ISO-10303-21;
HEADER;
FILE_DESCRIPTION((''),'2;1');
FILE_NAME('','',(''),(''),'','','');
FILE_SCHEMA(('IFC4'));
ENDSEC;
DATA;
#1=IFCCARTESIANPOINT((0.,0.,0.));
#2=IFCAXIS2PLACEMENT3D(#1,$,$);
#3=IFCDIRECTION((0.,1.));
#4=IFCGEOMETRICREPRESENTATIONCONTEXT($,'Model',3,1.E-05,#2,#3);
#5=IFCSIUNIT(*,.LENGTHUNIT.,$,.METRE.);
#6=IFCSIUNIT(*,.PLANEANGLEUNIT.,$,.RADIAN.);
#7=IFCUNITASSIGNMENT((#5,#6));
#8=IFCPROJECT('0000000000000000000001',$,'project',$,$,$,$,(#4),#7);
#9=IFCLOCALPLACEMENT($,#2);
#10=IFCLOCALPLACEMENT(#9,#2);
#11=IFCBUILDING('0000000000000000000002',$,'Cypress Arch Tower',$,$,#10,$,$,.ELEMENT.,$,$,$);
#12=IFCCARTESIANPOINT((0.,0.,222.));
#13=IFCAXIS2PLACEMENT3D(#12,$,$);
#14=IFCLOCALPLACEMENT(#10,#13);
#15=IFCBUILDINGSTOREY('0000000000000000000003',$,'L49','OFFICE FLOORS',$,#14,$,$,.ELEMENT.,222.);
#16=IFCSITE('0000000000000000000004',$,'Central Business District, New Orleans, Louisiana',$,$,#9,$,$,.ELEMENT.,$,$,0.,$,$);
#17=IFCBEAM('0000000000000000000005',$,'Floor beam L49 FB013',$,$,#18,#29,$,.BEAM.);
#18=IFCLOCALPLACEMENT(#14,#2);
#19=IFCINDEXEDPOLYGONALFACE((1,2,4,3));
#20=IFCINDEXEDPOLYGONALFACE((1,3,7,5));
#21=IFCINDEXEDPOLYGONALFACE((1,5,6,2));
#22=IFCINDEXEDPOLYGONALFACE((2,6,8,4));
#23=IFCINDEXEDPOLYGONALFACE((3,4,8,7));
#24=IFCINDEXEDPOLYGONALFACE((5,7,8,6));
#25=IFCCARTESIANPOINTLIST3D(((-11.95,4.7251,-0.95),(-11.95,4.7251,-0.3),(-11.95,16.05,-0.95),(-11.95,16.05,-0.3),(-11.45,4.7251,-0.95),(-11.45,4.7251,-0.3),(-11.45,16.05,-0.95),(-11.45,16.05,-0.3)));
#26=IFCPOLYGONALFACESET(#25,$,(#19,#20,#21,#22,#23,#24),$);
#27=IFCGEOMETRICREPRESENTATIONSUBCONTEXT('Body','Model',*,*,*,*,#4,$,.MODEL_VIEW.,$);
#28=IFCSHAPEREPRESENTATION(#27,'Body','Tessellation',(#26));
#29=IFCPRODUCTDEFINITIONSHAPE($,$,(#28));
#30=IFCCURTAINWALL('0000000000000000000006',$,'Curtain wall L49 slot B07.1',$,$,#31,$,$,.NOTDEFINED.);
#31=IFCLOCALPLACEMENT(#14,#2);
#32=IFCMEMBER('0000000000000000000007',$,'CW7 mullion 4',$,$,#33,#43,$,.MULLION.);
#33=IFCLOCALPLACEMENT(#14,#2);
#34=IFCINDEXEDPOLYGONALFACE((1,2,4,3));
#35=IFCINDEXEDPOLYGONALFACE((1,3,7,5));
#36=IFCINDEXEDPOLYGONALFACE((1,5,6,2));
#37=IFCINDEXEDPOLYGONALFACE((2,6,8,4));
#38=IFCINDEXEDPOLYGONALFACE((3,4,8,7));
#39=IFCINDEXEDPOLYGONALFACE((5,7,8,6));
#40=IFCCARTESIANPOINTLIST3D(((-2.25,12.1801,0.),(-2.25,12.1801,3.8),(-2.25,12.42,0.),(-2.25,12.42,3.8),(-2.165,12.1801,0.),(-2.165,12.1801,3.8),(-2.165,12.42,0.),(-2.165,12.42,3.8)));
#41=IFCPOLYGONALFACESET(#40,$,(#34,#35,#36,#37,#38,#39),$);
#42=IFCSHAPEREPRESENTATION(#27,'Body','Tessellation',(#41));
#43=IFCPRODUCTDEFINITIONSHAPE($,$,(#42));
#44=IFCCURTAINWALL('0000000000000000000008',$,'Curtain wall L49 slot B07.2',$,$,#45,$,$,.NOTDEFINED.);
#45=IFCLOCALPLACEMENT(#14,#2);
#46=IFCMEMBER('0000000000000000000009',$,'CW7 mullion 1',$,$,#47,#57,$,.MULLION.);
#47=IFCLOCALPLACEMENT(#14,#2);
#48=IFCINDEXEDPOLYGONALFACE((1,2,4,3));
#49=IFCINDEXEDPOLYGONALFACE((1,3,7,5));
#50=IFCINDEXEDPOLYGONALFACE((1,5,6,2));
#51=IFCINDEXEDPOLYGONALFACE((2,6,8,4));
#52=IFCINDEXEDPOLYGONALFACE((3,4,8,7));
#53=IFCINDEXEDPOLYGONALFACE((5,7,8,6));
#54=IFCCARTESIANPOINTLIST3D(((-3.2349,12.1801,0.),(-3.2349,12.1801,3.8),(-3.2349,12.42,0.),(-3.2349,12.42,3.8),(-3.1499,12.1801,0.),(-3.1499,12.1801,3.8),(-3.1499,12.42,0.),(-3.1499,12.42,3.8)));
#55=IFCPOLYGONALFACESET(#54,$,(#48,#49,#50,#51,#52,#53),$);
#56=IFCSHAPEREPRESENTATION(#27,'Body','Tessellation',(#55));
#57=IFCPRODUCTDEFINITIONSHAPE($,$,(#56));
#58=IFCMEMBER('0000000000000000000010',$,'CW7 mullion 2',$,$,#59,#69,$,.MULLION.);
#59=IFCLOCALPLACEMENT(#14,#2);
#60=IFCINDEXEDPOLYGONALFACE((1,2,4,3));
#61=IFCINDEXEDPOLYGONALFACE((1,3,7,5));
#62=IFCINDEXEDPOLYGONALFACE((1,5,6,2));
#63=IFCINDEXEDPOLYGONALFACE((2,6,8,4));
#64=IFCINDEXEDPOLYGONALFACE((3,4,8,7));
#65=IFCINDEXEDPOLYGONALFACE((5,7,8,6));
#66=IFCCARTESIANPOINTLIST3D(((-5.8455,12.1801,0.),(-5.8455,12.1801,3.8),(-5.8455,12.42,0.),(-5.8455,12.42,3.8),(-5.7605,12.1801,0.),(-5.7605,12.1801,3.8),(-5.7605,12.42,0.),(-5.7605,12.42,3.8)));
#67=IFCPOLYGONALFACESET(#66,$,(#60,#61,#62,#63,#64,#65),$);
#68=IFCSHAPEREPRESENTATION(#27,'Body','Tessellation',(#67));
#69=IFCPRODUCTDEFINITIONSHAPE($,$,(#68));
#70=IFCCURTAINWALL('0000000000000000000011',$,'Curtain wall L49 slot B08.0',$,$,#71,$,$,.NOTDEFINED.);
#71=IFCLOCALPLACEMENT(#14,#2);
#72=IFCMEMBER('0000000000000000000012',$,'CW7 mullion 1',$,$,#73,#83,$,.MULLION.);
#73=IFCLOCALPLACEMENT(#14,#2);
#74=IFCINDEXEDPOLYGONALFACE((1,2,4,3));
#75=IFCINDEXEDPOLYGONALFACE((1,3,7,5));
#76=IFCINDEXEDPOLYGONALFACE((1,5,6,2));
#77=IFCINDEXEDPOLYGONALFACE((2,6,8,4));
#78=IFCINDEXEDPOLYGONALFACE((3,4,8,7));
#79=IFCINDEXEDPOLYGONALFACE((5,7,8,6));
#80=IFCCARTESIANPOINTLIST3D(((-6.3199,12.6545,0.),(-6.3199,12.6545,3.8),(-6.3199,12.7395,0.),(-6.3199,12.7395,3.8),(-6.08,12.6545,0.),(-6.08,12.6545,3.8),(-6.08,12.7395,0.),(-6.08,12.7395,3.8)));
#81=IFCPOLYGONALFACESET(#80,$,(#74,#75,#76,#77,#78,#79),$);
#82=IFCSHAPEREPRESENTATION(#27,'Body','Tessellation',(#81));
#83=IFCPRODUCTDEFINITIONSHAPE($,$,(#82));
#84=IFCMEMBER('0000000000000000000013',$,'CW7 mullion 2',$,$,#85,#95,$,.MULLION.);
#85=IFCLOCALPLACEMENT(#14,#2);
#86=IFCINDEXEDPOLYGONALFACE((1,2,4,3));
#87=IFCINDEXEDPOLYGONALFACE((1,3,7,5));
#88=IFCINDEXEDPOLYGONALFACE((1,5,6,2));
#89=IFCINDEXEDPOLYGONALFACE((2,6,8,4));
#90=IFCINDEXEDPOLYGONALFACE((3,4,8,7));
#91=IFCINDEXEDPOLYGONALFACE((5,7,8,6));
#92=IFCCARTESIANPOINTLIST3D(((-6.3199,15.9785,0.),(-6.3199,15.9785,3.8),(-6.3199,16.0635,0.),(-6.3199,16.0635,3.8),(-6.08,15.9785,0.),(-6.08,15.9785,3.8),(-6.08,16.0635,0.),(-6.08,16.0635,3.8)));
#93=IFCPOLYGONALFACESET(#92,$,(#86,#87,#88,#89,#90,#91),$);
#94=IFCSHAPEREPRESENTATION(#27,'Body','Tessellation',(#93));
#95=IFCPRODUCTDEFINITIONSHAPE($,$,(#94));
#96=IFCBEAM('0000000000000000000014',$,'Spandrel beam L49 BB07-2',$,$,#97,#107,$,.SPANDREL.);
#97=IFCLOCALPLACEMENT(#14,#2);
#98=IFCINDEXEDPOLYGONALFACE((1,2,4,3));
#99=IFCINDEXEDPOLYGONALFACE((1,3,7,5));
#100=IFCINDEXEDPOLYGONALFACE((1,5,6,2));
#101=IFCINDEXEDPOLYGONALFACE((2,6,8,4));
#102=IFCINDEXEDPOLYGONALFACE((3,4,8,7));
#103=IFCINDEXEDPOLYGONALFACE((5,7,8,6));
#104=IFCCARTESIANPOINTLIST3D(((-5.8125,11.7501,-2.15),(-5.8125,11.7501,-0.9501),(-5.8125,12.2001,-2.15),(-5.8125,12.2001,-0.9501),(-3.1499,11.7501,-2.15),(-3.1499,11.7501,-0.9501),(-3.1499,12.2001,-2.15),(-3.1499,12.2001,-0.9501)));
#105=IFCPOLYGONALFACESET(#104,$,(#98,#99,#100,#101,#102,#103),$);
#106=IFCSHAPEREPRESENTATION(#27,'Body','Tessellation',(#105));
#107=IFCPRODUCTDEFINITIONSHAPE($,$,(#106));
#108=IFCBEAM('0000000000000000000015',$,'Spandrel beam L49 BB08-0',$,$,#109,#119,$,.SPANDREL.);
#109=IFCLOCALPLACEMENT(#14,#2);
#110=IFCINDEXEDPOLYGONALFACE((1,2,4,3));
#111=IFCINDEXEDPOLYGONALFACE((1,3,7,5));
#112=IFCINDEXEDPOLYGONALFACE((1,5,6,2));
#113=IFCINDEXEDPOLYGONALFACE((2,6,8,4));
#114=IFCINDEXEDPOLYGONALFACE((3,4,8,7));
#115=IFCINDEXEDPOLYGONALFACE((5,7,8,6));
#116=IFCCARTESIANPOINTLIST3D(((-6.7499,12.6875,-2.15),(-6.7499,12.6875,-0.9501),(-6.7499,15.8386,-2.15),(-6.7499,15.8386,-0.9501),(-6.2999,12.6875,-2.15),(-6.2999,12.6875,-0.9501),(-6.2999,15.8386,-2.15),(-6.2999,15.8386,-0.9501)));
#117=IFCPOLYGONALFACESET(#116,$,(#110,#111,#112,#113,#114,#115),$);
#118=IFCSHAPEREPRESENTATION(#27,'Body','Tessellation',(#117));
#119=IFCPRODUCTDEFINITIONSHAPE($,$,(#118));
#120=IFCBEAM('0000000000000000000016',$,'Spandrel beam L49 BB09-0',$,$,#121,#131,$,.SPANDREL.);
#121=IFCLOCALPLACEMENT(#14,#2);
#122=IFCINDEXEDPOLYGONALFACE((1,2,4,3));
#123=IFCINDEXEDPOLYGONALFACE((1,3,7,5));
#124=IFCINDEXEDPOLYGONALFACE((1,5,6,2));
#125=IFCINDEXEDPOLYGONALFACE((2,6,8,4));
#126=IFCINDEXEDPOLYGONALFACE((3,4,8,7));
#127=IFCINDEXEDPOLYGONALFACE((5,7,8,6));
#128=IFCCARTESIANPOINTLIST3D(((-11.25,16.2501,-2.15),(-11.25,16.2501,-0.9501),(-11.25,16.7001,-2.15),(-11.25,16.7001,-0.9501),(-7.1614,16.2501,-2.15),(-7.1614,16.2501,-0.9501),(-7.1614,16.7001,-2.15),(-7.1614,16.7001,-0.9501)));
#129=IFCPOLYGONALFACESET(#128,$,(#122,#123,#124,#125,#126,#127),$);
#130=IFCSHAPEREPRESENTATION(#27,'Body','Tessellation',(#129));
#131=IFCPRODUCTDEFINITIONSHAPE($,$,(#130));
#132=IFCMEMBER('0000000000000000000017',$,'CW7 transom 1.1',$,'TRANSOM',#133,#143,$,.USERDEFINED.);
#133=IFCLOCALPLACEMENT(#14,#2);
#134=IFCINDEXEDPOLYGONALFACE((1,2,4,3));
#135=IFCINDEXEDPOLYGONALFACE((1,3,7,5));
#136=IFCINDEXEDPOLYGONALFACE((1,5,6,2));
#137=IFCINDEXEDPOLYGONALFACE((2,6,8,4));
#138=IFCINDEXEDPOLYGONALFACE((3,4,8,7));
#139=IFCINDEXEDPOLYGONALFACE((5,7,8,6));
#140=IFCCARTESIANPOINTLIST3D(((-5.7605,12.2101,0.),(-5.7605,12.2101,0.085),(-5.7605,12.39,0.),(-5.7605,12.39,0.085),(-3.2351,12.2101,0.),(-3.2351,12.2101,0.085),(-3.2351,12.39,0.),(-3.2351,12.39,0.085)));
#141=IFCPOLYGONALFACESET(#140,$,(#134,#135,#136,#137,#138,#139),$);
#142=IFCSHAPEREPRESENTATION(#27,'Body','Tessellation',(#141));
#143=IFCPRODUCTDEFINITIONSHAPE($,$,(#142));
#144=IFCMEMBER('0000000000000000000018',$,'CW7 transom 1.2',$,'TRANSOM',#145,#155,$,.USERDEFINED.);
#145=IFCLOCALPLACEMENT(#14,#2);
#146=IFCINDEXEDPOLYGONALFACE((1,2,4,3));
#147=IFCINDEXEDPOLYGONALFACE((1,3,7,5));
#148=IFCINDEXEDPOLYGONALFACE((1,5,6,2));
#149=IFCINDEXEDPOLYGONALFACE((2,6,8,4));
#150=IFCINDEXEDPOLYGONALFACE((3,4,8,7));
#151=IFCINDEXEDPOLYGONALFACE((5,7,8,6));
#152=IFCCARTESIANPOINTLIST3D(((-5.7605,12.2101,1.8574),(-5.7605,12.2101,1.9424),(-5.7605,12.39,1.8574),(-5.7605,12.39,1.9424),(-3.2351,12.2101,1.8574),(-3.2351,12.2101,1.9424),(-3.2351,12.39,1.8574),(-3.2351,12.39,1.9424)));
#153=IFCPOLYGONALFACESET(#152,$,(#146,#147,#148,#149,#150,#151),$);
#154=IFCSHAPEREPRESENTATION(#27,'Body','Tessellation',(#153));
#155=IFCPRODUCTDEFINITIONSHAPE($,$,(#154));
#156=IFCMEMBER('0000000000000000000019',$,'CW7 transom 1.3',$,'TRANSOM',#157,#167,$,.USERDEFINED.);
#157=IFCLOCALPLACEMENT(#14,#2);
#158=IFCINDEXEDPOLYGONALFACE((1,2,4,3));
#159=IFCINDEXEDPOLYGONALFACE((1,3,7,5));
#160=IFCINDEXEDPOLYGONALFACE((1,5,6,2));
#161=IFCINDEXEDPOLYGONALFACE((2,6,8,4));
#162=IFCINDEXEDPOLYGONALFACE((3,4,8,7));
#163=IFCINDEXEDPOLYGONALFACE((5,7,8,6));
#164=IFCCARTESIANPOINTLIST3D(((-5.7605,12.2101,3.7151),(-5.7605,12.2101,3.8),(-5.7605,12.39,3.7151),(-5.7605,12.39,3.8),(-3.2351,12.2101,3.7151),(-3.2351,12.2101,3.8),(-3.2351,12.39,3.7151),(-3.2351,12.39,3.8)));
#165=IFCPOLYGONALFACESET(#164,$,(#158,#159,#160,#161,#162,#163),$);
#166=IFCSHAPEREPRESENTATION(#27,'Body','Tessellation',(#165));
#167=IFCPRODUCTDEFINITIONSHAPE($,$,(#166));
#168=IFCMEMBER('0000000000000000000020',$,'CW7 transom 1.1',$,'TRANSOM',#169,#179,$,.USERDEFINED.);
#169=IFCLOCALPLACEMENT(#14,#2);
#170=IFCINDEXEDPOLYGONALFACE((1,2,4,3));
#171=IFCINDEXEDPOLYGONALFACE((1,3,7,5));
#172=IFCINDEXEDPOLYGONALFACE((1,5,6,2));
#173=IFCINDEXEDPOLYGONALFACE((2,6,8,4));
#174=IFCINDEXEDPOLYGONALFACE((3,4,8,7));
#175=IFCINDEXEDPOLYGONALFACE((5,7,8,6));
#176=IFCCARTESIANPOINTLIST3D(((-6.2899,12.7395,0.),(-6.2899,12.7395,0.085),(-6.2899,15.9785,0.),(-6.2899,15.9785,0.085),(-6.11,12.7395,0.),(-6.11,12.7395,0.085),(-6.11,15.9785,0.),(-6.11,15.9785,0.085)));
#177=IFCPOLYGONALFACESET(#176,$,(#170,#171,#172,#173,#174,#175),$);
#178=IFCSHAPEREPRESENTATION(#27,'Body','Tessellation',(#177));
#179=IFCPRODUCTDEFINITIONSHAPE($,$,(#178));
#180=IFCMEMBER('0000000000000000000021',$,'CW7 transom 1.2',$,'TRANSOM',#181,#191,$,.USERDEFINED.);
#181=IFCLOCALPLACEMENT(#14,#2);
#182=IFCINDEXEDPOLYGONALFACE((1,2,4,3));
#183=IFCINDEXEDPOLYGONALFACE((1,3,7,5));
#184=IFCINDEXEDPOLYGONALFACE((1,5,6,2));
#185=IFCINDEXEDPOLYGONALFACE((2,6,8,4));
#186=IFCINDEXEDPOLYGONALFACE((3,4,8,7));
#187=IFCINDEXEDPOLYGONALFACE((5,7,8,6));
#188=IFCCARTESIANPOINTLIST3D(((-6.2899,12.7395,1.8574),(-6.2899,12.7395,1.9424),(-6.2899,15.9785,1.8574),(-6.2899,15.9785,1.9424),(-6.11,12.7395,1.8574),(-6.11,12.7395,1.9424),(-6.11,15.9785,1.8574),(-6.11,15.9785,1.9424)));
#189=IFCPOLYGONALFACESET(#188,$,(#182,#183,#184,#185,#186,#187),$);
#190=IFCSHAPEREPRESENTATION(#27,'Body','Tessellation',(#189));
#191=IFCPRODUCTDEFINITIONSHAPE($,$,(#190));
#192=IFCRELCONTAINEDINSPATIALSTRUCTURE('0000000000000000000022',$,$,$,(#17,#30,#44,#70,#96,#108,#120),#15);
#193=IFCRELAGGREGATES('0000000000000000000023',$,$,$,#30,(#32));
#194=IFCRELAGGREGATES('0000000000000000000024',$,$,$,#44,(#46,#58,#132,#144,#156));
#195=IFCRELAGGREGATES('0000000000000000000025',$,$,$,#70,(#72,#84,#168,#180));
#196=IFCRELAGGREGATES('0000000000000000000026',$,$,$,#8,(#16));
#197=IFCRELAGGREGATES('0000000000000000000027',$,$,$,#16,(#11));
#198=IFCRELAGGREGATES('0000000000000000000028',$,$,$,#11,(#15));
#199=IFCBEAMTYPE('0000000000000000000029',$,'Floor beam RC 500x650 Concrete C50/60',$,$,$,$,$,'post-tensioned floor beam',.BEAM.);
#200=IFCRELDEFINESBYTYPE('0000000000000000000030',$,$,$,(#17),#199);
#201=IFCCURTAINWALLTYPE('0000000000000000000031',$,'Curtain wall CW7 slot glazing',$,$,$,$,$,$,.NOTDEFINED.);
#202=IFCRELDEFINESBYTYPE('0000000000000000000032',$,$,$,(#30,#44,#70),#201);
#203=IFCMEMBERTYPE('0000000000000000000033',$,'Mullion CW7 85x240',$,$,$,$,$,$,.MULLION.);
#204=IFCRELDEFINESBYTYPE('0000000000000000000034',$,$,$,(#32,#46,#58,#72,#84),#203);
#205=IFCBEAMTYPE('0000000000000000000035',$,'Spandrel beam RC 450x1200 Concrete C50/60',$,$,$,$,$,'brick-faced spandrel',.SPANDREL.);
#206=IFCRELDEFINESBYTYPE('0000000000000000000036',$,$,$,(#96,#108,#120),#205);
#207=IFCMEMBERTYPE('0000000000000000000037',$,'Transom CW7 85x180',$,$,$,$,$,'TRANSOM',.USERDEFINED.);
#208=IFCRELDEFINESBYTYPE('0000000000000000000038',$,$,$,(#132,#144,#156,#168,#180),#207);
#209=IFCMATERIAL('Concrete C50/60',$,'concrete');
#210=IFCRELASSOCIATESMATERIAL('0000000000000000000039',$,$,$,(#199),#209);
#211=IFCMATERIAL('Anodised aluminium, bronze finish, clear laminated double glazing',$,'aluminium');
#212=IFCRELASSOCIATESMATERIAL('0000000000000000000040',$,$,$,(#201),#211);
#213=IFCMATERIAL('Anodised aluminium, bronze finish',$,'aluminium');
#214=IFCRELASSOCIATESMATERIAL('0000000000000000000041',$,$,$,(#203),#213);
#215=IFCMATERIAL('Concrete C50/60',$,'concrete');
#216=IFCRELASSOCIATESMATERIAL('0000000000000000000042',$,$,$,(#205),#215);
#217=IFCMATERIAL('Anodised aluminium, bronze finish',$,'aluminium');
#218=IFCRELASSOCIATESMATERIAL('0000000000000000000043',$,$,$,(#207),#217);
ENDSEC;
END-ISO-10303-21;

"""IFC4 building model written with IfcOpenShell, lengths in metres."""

from ifc_helpers import new_model, si_unit, direction, frame, origin, origin_2d, place, context, subcontext, project, spatial, rectangle, extrude, material, material_profile, profile_set, type_object, element, aggregate, save


model = new_model("IFC4")

# Units and contexts
model_context = context("Model", 3, precision=1e-05, world=origin(), true_north=direction((0.0, 1.0)))
body_context = subcontext(model_context, "Body", "Model", "MODEL_VIEW")
ifc_project = project(units=[si_unit("LENGTHUNIT", "METRE"), si_unit("PLANEANGLEUNIT", "RADIAN")], contexts=[model_context])

# Site, building, storey
site_placement = place(None, origin())
site = spatial("IfcSite", under=ifc_project, at=site_placement, Name="Central Business District, New Orleans, Louisiana", CompositionType="ELEMENT", RefElevation=0.0)
building_placement = place(site_placement, origin())
building = spatial("IfcBuilding", under=site, at=building_placement, Name="Cypress Arch Tower", CompositionType="ELEMENT")
storey_placement = place(building_placement, frame((0.0, 0.0, 222.0)))
storey = spatial("IfcBuildingStorey", under=building, at=storey_placement, Name="L49", Description="OFFICE FLOORS", CompositionType="ELEMENT", Elevation=222.0)

# Beam
ifc_material_1 = material(Name="Concrete C50/60", Category="concrete")
ifc_material_profile_1 = material_profile(ifc_material_1, rectangle(XDim=0.5, YDim=0.6499, at=origin_2d()), Name="RC 500x650")
ifc_profile_set_1 = profile_set([ifc_material_profile_1], Name="Concrete C50/60")
beam_type_1 = type_object("IfcBeamType", Name="Floor beam RC 500x650 Concrete C50/60", ElementType="post-tensioned floor beam", PredefinedType="BEAM", material=ifc_profile_set_1)
beam_1_placement = place(storey_placement, frame((-11.7, 4.7251, -0.625), z_axis=(0.0, 1.0, 0.0), x_axis=(-1.0, 0.0, 0.0)))
element("IfcBeam", 1, at=beam_1_placement, inside=storey, type_object=beam_type_1, Name="Floor beam L49 FB013", PredefinedType="BEAM", context=body_context, shape_type="SweptSolid", body=[
    extrude(rectangle(XDim=0.5, YDim=0.6499, at=origin_2d()), origin(), (0.0, 0.0, 1.0), 11.325),
])

# Curtain wall, member
ifc_material_2 = material(Name="Anodised aluminium, bronze finish, clear laminated double glazing", Category="aluminium")
curtain_wall_type = type_object("IfcCurtainWallType", Name="Curtain wall CW7 slot glazing", PredefinedType="NOTDEFINED", material=ifc_material_2)
curtain_wall_1_placement = place(storey_placement, origin())
curtain_wall_1 = element("IfcCurtainWall", 2, at=curtain_wall_1_placement, inside=storey, type_object=curtain_wall_type, Name="Curtain wall L49 slot B07.1", PredefinedType="NOTDEFINED")
ifc_material_3 = material(Name="Anodised aluminium, bronze finish", Category="aluminium")
ifc_material_profile_2 = material_profile(ifc_material_3, rectangle(XDim=0.24, YDim=0.085, at=origin_2d()), Name="Mullion 85x240")
ifc_profile_set_2 = profile_set([ifc_material_profile_2], Name="Anodised aluminium, bronze finish")
member_type_1 = type_object("IfcMemberType", Name="Mullion CW7 85x240", PredefinedType="MULLION", material=ifc_profile_set_2)
member_1_placement = place(storey_placement, frame((-2.2075, 12.3, 0.0), z_axis=(0.0, 0.0, 1.0), x_axis=(0.0, -1.0, 0.0)))
member_1 = element("IfcMember", 3, at=member_1_placement, type_object=member_type_1, Name="CW7 mullion 4", PredefinedType="MULLION", context=body_context, shape_type="SweptSolid", body=[
    extrude(rectangle(XDim=0.24, YDim=0.085, at=origin_2d()), origin(), (0.0, 0.0, 1.0), 3.8),
])

# Curtain walls, members
curtain_wall_2_placement = place(storey_placement, origin())
curtain_wall_2 = element("IfcCurtainWall", 4, at=curtain_wall_2_placement, inside=storey, type_object=curtain_wall_type, Name="Curtain wall L49 slot B07.2", PredefinedType="NOTDEFINED")
member_2_placement = place(storey_placement, frame((-3.1924, 12.3, 0.0), z_axis=(0.0, 0.0, 1.0), x_axis=(0.0, -1.0, 0.0)))
member_2 = element("IfcMember", 5, at=member_2_placement, type_object=member_type_1, Name="CW7 mullion 1", PredefinedType="MULLION", context=body_context, shape_type="SweptSolid", body=[
    extrude(rectangle(XDim=0.24, YDim=0.085, at=origin_2d()), origin(), (0.0, 0.0, 1.0), 3.8),
])
member_3_placement = place(storey_placement, frame((-5.803, 12.3, 0.0), z_axis=(0.0, 0.0, 1.0), x_axis=(0.0, -1.0, 0.0)))
member_3 = element("IfcMember", 6, at=member_3_placement, type_object=member_type_1, Name="CW7 mullion 2", PredefinedType="MULLION", context=body_context, shape_type="SweptSolid", body=[
    extrude(rectangle(XDim=0.24, YDim=0.085, at=origin_2d()), origin(), (0.0, 0.0, 1.0), 3.8),
])
curtain_wall_3_placement = place(storey_placement, origin())
curtain_wall_3 = element("IfcCurtainWall", 7, at=curtain_wall_3_placement, inside=storey, type_object=curtain_wall_type, Name="Curtain wall L49 slot B08.0", PredefinedType="NOTDEFINED")
member_4_placement = place(storey_placement, frame((-6.2, 12.697, 0.0), z_axis=(0.0, 0.0, 1.0), x_axis=(-1.0, 0.0, 0.0)))
member_4 = element("IfcMember", 8, at=member_4_placement, type_object=member_type_1, Name="CW7 mullion 1", PredefinedType="MULLION", context=body_context, shape_type="SweptSolid", body=[
    extrude(rectangle(XDim=0.24, YDim=0.085, at=origin_2d()), origin(), (0.0, 0.0, 1.0), 3.8),
])
member_5_placement = place(storey_placement, frame((-6.2, 16.021, 0.0), z_axis=(0.0, 0.0, 1.0), x_axis=(-1.0, 0.0, 0.0)))
member_5 = element("IfcMember", 9, at=member_5_placement, type_object=member_type_1, Name="CW7 mullion 2", PredefinedType="MULLION", context=body_context, shape_type="SweptSolid", body=[
    extrude(rectangle(XDim=0.24, YDim=0.085, at=origin_2d()), origin(), (0.0, 0.0, 1.0), 3.8),
])

# Beams
ifc_material_4 = material(Name="Concrete C50/60", Category="concrete")
ifc_material_profile_3 = material_profile(ifc_material_4, rectangle(XDim=0.45, YDim=1.2, at=origin_2d()), Name="RC 450x1200")
ifc_profile_set_3 = profile_set([ifc_material_profile_3], Name="Concrete C50/60")
beam_type_2 = type_object("IfcBeamType", Name="Spandrel beam RC 450x1200 Concrete C50/60", ElementType="brick-faced spandrel", PredefinedType="SPANDREL", material=ifc_profile_set_3)
beam_2_placement = place(storey_placement, frame((-3.1499, 11.9751, -1.55), z_axis=(-1.0, 0.0, 0.0), x_axis=(0.0, -1.0, 0.0)))
element("IfcBeam", 10, at=beam_2_placement, inside=storey, type_object=beam_type_2, Name="Spandrel beam L49 BB07-2", PredefinedType="SPANDREL", context=body_context, shape_type="SweptSolid", body=[
    extrude(rectangle(XDim=0.45, YDim=1.2, at=origin_2d()), origin(), (0.0, 0.0, 1.0), 2.6626),
])
beam_3_placement = place(storey_placement, frame((-6.5249, 12.6875, -1.55), z_axis=(0.0, 1.0, 0.0), x_axis=(-1.0, 0.0, 0.0)))
element("IfcBeam", 11, at=beam_3_placement, inside=storey, type_object=beam_type_2, Name="Spandrel beam L49 BB08-0", PredefinedType="SPANDREL", context=body_context, shape_type="SweptSolid", body=[
    extrude(rectangle(XDim=0.45, YDim=1.2, at=origin_2d()), origin(), (0.0, 0.0, 1.0), 3.1511),
])
beam_4_placement = place(storey_placement, frame((-7.1614, 16.4751, -1.55), z_axis=(-1.0, 0.0, 0.0), x_axis=(0.0, -1.0, 0.0)))
element("IfcBeam", 12, at=beam_4_placement, inside=storey, type_object=beam_type_2, Name="Spandrel beam L49 BB09-0", PredefinedType="SPANDREL", context=body_context, shape_type="SweptSolid", body=[
    extrude(rectangle(XDim=0.45, YDim=1.2, at=origin_2d()), origin(), (0.0, 0.0, 1.0), 4.0886),
])

# Members
ifc_material_5 = material(Name="Anodised aluminium, bronze finish", Category="aluminium")
ifc_material_profile_4 = material_profile(ifc_material_5, rectangle(XDim=0.1799, YDim=0.085, at=origin_2d()), Name="Transom 85x180")
ifc_profile_set_4 = profile_set([ifc_material_profile_4], Name="Anodised aluminium, bronze finish")
member_type_2 = type_object("IfcMemberType", Name="Transom CW7 85x180", ElementType="TRANSOM", PredefinedType="USERDEFINED", material=ifc_profile_set_4)
member_6_placement = place(storey_placement, frame((-3.2351, 12.3, 0.0425), z_axis=(-1.0, 0.0, 0.0), x_axis=(0.0, -1.0, 0.0)))
member_6 = element("IfcMember", 13, at=member_6_placement, type_object=member_type_2, Name="CW7 transom 1.1", ObjectType="TRANSOM", PredefinedType="USERDEFINED", context=body_context, shape_type="SweptSolid", body=[
    extrude(rectangle(XDim=0.1799, YDim=0.085, at=origin_2d()), origin(), (0.0, 0.0, 1.0), 2.5254),
])
member_7_placement = place(storey_placement, frame((-3.2351, 12.3, 1.8999), z_axis=(-1.0, 0.0, 0.0), x_axis=(0.0, -1.0, 0.0)))
member_7 = element("IfcMember", 14, at=member_7_placement, type_object=member_type_2, Name="CW7 transom 1.2", ObjectType="TRANSOM", PredefinedType="USERDEFINED", context=body_context, shape_type="SweptSolid", body=[
    extrude(rectangle(XDim=0.1799, YDim=0.085, at=origin_2d()), origin(), (0.0, 0.0, 1.0), 2.5254),
])
member_8_placement = place(storey_placement, frame((-3.2351, 12.3, 3.7576), z_axis=(-1.0, 0.0, 0.0), x_axis=(0.0, -1.0, 0.0)))
member_8 = element("IfcMember", 15, at=member_8_placement, type_object=member_type_2, Name="CW7 transom 1.3", ObjectType="TRANSOM", PredefinedType="USERDEFINED", context=body_context, shape_type="SweptSolid", body=[
    extrude(rectangle(XDim=0.1799, YDim=0.085, at=origin_2d()), origin(), (0.0, 0.0, 1.0), 2.5254),
])
member_9_placement = place(storey_placement, frame((-6.2, 12.7395, 0.0425), z_axis=(0.0, 1.0, 0.0), x_axis=(-1.0, 0.0, 0.0)))
member_9 = element("IfcMember", 16, at=member_9_placement, type_object=member_type_2, Name="CW7 transom 1.1", ObjectType="TRANSOM", PredefinedType="USERDEFINED", context=body_context, shape_type="SweptSolid", body=[
    extrude(rectangle(XDim=0.1799, YDim=0.085, at=origin_2d()), origin(), (0.0, 0.0, 1.0), 3.239),
])
member_10_placement = place(storey_placement, frame((-6.2, 12.7395, 1.8999), z_axis=(0.0, 1.0, 0.0), x_axis=(-1.0, 0.0, 0.0)))
member_10 = element("IfcMember", 17, at=member_10_placement, type_object=member_type_2, Name="CW7 transom 1.2", ObjectType="TRANSOM", PredefinedType="USERDEFINED", context=body_context, shape_type="SweptSolid", body=[
    extrude(rectangle(XDim=0.1799, YDim=0.085, at=origin_2d()), origin(), (0.0, 0.0, 1.0), 3.239),
])

aggregate(curtain_wall_1, [member_1])
aggregate(curtain_wall_2, [member_2, member_3, member_6, member_7, member_8])
aggregate(curtain_wall_3, [member_4, member_5, member_9, member_10])

save(model, "model.ifc")
